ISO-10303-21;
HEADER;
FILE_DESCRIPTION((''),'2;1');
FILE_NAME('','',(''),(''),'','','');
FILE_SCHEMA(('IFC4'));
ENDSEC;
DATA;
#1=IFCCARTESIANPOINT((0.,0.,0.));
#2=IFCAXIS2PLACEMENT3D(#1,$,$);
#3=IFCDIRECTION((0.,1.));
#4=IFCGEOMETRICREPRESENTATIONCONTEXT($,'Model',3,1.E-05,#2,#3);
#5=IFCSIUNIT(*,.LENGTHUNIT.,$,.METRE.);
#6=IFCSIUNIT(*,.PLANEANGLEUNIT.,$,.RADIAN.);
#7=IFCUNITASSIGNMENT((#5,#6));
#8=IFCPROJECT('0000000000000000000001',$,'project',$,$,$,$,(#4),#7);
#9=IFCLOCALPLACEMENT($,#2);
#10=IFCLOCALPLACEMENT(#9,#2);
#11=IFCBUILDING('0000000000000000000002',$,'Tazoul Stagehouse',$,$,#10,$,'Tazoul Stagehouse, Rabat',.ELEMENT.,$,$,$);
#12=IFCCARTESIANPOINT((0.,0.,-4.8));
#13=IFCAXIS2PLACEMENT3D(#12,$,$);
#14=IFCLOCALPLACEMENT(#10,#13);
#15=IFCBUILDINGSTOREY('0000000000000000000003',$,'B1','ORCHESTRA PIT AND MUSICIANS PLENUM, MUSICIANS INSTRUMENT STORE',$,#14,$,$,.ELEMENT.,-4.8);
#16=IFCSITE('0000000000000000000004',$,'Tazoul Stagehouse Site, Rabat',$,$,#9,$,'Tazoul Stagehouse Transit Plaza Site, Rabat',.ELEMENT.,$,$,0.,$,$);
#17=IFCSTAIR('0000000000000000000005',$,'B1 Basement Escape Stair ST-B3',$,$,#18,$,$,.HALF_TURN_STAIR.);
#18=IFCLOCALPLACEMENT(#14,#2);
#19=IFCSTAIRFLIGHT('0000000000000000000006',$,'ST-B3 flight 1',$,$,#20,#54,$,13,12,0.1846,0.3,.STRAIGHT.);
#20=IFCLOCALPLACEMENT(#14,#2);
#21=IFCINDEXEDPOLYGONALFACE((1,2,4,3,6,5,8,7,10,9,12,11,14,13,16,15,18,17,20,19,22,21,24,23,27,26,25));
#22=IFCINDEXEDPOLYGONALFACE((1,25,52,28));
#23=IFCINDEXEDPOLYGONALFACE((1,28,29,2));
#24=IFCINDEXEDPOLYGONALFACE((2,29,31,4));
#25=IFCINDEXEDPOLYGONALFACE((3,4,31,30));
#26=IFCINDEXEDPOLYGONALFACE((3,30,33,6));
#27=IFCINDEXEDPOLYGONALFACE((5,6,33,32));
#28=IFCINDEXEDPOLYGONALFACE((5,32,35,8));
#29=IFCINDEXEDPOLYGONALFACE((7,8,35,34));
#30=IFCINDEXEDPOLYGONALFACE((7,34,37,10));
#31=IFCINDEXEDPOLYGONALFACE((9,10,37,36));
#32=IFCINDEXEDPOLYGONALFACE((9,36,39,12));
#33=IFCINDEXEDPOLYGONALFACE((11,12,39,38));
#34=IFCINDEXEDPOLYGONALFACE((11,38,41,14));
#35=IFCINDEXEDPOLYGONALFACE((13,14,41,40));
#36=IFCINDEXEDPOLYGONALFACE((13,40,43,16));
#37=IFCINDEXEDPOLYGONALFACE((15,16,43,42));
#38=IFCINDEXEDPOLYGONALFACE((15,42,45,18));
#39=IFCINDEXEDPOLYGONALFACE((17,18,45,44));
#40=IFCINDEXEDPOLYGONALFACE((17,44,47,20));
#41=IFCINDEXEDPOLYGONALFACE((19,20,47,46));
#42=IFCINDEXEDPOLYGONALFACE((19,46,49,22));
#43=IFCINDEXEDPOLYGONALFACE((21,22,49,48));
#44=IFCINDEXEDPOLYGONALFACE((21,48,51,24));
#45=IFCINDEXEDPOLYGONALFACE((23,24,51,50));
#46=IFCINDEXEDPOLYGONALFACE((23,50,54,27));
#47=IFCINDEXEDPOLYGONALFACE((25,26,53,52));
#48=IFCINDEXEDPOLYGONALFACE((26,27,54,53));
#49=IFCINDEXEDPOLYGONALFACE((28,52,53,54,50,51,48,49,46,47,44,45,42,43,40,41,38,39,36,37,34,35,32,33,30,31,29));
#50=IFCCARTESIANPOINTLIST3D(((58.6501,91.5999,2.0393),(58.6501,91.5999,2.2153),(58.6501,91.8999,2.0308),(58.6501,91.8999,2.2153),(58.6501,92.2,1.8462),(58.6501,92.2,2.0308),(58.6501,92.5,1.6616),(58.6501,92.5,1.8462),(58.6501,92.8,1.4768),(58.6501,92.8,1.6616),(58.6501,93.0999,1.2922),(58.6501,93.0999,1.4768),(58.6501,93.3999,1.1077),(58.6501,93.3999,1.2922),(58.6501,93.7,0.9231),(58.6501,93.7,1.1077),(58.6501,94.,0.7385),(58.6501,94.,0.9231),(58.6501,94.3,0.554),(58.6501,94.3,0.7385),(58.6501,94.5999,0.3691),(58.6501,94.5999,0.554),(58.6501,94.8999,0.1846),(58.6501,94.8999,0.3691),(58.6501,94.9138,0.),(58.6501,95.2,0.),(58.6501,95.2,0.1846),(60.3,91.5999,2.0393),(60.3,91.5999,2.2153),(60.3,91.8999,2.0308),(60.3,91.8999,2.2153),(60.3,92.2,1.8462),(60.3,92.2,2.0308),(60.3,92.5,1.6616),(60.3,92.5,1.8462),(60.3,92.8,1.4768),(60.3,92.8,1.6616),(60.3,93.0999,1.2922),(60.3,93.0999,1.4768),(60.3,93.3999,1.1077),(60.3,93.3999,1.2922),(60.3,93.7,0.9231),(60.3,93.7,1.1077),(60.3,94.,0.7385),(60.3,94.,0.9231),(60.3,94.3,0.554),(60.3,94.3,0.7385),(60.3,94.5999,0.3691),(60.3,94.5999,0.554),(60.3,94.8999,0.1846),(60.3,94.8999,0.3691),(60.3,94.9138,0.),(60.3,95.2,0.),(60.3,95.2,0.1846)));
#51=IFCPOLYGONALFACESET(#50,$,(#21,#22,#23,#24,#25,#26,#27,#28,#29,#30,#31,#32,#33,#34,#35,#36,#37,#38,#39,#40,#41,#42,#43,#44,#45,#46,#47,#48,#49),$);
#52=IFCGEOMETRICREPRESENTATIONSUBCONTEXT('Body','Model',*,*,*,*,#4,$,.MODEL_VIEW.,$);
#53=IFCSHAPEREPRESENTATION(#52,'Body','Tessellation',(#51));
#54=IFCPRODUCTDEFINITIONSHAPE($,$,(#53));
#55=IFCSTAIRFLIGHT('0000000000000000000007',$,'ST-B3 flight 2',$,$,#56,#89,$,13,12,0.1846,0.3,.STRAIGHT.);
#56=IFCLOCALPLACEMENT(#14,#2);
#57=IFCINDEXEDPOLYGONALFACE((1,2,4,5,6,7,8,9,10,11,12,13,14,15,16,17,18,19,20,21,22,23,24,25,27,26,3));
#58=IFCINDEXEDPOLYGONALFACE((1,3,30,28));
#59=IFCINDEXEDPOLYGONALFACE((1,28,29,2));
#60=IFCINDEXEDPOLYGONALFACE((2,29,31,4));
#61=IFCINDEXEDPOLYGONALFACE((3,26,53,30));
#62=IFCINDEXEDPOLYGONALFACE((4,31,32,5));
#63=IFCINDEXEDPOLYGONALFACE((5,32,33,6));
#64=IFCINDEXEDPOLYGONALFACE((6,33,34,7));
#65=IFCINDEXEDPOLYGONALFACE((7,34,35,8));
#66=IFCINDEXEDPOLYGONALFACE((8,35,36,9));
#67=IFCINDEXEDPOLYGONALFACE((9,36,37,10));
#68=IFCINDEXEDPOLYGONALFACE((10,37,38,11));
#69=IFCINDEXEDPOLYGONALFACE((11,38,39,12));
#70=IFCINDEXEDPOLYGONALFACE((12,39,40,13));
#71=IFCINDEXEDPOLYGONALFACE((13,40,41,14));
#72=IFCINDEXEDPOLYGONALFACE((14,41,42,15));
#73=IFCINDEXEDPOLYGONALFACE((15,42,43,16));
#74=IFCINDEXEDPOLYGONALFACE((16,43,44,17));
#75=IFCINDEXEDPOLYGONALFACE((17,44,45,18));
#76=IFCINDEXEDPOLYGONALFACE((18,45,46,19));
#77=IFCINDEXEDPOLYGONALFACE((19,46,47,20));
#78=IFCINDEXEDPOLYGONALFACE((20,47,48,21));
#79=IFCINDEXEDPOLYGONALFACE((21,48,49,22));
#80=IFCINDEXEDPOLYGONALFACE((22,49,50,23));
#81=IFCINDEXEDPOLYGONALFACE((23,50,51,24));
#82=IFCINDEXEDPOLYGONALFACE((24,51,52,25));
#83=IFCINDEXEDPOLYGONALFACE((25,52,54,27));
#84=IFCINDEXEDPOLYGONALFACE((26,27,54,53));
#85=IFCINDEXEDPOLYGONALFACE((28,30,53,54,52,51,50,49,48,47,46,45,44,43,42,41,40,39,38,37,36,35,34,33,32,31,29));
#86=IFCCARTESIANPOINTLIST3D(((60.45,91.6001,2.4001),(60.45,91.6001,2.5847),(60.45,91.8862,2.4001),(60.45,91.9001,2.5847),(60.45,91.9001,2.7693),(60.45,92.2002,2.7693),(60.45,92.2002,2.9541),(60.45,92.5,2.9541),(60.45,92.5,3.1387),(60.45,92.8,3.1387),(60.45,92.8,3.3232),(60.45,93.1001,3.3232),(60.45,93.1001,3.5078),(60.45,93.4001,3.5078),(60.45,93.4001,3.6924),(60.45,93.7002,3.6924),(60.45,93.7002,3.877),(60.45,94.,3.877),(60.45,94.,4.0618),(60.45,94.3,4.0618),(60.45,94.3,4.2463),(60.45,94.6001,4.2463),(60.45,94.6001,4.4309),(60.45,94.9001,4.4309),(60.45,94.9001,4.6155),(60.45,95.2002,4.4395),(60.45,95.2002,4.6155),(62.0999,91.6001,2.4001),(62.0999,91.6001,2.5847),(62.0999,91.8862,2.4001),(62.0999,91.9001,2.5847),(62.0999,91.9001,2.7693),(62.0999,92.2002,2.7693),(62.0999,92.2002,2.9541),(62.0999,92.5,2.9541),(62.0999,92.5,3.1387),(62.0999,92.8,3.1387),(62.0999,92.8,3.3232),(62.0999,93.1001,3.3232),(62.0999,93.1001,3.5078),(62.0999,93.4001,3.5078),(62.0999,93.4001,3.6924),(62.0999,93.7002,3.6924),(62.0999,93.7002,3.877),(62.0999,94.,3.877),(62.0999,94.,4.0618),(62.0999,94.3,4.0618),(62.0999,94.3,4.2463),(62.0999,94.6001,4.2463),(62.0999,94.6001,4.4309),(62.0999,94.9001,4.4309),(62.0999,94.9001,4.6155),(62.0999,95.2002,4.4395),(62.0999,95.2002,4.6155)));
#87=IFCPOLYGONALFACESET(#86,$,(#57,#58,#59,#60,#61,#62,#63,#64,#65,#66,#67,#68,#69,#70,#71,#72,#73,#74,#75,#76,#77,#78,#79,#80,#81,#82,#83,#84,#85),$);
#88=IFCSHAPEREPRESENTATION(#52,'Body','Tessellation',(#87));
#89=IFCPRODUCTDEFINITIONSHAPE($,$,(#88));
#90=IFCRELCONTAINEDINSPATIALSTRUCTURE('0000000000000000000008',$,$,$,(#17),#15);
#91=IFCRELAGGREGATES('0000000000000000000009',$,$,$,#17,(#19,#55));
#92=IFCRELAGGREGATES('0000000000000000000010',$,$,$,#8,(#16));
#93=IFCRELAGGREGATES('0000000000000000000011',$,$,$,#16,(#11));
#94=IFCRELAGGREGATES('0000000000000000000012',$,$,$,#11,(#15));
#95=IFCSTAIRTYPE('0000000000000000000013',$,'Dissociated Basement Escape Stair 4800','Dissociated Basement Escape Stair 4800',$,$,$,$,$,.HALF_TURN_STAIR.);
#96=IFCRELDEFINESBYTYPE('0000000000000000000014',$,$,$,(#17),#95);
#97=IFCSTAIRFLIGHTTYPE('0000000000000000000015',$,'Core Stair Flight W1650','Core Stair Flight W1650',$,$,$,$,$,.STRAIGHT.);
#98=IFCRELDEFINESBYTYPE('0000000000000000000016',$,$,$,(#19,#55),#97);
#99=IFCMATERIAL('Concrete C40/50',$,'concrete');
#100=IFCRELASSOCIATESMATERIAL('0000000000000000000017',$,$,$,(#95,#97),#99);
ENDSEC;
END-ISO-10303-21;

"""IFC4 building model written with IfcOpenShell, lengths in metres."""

from ifc_helpers import new_model, si_unit, direction, frame, origin, place, context, subcontext, project, spatial, polyline, outline, extrude, material, type_object, element, aggregate, save


model = new_model("IFC4")

# Units and contexts
model_context = context("Model", 3, precision=1e-05, world=origin(), true_north=direction((0.0, 1.0)))
body_context = subcontext(model_context, "Body", "Model", "MODEL_VIEW")
ifc_project = project(units=[si_unit("LENGTHUNIT", "METRE"), si_unit("PLANEANGLEUNIT", "RADIAN")], contexts=[model_context])

# Site, building, storey
site_placement = place(None, origin())
site = spatial("IfcSite", under=ifc_project, at=site_placement, Name="Tazoul Stagehouse Site, Rabat", LongName="Tazoul Stagehouse Transit Plaza Site, Rabat", CompositionType="ELEMENT", RefElevation=0.0)
building_placement = place(site_placement, origin())
building = spatial("IfcBuilding", under=site, at=building_placement, Name="Tazoul Stagehouse", LongName="Tazoul Stagehouse, Rabat", CompositionType="ELEMENT")
storey_placement = place(building_placement, frame((0.0, 0.0, -4.8)))
storey = spatial("IfcBuildingStorey", under=building, at=storey_placement, Name="B1", Description="ORCHESTRA PIT AND MUSICIANS PLENUM, MUSICIANS INSTRUMENT STORE", CompositionType="ELEMENT", Elevation=-4.8)

# Shared definitions
ifc_material_1 = material(Name="Concrete C40/50", Category="concrete")

# Stair, stair flights
stair_type = type_object("IfcStairType", Name="Dissociated Basement Escape Stair 4800", Description="Dissociated Basement Escape Stair 4800", PredefinedType="HALF_TURN_STAIR", material=ifc_material_1)
stair_placement = place(storey_placement, origin())
stair = element("IfcStair", 1, at=stair_placement, inside=storey, type_object=stair_type, Name="B1 Basement Escape Stair ST-B3", PredefinedType="HALF_TURN_STAIR")
stair_flight_type = type_object("IfcStairFlightType", Name="Core Stair Flight W1650", Description="Core Stair Flight W1650", PredefinedType="STRAIGHT", material=ifc_material_1)
stair_flight_1_placement = place(storey_placement, frame((59.4751, 95.2, 0.0), z_axis=(0.0, 0.0, 1.0), x_axis=(0.0, -1.0, 0.0)))
stair_flight_1 = element("IfcStairFlight", 2, at=stair_flight_1_placement, type_object=stair_flight_type, Name="ST-B3 flight 1", NumberOfRisers=13, NumberOfTreads=12, PredefinedType="STRAIGHT", RiserHeight=0.1846, TreadLength=0.3, context=body_context, shape_type="SweptSolid", body=[
    extrude(outline(polyline([(0.0, 0.0), (0.0, 0.1846), (0.3, 0.1846), (0.3, 0.3691), (0.6001, 0.3691), (0.6001, 0.554), (0.8999, 0.554), (0.8999, 0.7385), (1.2, 0.7385), (1.2, 0.9231), (1.5, 0.9231), (1.5, 1.1077), (1.8, 1.1077), (1.8, 1.2922), (2.1001, 1.2922), (2.1001, 1.4768), (2.3999, 1.4768), (2.3999, 1.6616), (2.7, 1.6616), (2.7, 1.8462), (3.0, 1.8462), (3.0, 2.0308), (3.3, 2.0308), (3.3, 2.2153), (3.6001, 2.2153), (3.6001, 2.3999), (3.6001, 2.0393), (0.2861, 0.0), (0.0, 0.0)])), frame((0.0, 0.825, 0.0), z_axis=(0.0, -1.0, 0.0), x_axis=(1.0, 0.0, 0.0)), (0.0, 0.0, 1.0), 1.6499),
])
stair_flight_2_placement = place(storey_placement, frame((61.2749, 91.6001, 2.4001), z_axis=(0.0, 0.0, 1.0), x_axis=(0.0, 1.0, 0.0)))
stair_flight_2 = element("IfcStairFlight", 3, at=stair_flight_2_placement, type_object=stair_flight_type, Name="ST-B3 flight 2", NumberOfRisers=13, NumberOfTreads=12, PredefinedType="STRAIGHT", RiserHeight=0.1846, TreadLength=0.3, context=body_context, shape_type="SweptSolid", body=[
    extrude(outline(polyline([(0.0, 0.0), (0.0, 0.1846), (0.3, 0.1846), (0.3, 0.3691), (0.6001, 0.3691), (0.6001, 0.554), (0.8999, 0.554), (0.8999, 0.7385), (1.2, 0.7385), (1.2, 0.9231), (1.5, 0.9231), (1.5, 1.1077), (1.8, 1.1077), (1.8, 1.2922), (2.1001, 1.2922), (2.1001, 1.4768), (2.3999, 1.4768), (2.3999, 1.6616), (2.7, 1.6616), (2.7, 1.8462), (3.0, 1.8462), (3.0, 2.0308), (3.3, 2.0308), (3.3, 2.2153), (3.6001, 2.2153), (3.6001, 2.3999), (3.6001, 2.0393), (0.2861, 0.0), (0.0, 0.0)])), frame((0.0, 0.825, 0.0), z_axis=(0.0, -1.0, 0.0), x_axis=(1.0, 0.0, 0.0)), (0.0, 0.0, 1.0), 1.6499),
])
aggregate(stair, [stair_flight_1, stair_flight_2])

save(model, "model.ifc")
